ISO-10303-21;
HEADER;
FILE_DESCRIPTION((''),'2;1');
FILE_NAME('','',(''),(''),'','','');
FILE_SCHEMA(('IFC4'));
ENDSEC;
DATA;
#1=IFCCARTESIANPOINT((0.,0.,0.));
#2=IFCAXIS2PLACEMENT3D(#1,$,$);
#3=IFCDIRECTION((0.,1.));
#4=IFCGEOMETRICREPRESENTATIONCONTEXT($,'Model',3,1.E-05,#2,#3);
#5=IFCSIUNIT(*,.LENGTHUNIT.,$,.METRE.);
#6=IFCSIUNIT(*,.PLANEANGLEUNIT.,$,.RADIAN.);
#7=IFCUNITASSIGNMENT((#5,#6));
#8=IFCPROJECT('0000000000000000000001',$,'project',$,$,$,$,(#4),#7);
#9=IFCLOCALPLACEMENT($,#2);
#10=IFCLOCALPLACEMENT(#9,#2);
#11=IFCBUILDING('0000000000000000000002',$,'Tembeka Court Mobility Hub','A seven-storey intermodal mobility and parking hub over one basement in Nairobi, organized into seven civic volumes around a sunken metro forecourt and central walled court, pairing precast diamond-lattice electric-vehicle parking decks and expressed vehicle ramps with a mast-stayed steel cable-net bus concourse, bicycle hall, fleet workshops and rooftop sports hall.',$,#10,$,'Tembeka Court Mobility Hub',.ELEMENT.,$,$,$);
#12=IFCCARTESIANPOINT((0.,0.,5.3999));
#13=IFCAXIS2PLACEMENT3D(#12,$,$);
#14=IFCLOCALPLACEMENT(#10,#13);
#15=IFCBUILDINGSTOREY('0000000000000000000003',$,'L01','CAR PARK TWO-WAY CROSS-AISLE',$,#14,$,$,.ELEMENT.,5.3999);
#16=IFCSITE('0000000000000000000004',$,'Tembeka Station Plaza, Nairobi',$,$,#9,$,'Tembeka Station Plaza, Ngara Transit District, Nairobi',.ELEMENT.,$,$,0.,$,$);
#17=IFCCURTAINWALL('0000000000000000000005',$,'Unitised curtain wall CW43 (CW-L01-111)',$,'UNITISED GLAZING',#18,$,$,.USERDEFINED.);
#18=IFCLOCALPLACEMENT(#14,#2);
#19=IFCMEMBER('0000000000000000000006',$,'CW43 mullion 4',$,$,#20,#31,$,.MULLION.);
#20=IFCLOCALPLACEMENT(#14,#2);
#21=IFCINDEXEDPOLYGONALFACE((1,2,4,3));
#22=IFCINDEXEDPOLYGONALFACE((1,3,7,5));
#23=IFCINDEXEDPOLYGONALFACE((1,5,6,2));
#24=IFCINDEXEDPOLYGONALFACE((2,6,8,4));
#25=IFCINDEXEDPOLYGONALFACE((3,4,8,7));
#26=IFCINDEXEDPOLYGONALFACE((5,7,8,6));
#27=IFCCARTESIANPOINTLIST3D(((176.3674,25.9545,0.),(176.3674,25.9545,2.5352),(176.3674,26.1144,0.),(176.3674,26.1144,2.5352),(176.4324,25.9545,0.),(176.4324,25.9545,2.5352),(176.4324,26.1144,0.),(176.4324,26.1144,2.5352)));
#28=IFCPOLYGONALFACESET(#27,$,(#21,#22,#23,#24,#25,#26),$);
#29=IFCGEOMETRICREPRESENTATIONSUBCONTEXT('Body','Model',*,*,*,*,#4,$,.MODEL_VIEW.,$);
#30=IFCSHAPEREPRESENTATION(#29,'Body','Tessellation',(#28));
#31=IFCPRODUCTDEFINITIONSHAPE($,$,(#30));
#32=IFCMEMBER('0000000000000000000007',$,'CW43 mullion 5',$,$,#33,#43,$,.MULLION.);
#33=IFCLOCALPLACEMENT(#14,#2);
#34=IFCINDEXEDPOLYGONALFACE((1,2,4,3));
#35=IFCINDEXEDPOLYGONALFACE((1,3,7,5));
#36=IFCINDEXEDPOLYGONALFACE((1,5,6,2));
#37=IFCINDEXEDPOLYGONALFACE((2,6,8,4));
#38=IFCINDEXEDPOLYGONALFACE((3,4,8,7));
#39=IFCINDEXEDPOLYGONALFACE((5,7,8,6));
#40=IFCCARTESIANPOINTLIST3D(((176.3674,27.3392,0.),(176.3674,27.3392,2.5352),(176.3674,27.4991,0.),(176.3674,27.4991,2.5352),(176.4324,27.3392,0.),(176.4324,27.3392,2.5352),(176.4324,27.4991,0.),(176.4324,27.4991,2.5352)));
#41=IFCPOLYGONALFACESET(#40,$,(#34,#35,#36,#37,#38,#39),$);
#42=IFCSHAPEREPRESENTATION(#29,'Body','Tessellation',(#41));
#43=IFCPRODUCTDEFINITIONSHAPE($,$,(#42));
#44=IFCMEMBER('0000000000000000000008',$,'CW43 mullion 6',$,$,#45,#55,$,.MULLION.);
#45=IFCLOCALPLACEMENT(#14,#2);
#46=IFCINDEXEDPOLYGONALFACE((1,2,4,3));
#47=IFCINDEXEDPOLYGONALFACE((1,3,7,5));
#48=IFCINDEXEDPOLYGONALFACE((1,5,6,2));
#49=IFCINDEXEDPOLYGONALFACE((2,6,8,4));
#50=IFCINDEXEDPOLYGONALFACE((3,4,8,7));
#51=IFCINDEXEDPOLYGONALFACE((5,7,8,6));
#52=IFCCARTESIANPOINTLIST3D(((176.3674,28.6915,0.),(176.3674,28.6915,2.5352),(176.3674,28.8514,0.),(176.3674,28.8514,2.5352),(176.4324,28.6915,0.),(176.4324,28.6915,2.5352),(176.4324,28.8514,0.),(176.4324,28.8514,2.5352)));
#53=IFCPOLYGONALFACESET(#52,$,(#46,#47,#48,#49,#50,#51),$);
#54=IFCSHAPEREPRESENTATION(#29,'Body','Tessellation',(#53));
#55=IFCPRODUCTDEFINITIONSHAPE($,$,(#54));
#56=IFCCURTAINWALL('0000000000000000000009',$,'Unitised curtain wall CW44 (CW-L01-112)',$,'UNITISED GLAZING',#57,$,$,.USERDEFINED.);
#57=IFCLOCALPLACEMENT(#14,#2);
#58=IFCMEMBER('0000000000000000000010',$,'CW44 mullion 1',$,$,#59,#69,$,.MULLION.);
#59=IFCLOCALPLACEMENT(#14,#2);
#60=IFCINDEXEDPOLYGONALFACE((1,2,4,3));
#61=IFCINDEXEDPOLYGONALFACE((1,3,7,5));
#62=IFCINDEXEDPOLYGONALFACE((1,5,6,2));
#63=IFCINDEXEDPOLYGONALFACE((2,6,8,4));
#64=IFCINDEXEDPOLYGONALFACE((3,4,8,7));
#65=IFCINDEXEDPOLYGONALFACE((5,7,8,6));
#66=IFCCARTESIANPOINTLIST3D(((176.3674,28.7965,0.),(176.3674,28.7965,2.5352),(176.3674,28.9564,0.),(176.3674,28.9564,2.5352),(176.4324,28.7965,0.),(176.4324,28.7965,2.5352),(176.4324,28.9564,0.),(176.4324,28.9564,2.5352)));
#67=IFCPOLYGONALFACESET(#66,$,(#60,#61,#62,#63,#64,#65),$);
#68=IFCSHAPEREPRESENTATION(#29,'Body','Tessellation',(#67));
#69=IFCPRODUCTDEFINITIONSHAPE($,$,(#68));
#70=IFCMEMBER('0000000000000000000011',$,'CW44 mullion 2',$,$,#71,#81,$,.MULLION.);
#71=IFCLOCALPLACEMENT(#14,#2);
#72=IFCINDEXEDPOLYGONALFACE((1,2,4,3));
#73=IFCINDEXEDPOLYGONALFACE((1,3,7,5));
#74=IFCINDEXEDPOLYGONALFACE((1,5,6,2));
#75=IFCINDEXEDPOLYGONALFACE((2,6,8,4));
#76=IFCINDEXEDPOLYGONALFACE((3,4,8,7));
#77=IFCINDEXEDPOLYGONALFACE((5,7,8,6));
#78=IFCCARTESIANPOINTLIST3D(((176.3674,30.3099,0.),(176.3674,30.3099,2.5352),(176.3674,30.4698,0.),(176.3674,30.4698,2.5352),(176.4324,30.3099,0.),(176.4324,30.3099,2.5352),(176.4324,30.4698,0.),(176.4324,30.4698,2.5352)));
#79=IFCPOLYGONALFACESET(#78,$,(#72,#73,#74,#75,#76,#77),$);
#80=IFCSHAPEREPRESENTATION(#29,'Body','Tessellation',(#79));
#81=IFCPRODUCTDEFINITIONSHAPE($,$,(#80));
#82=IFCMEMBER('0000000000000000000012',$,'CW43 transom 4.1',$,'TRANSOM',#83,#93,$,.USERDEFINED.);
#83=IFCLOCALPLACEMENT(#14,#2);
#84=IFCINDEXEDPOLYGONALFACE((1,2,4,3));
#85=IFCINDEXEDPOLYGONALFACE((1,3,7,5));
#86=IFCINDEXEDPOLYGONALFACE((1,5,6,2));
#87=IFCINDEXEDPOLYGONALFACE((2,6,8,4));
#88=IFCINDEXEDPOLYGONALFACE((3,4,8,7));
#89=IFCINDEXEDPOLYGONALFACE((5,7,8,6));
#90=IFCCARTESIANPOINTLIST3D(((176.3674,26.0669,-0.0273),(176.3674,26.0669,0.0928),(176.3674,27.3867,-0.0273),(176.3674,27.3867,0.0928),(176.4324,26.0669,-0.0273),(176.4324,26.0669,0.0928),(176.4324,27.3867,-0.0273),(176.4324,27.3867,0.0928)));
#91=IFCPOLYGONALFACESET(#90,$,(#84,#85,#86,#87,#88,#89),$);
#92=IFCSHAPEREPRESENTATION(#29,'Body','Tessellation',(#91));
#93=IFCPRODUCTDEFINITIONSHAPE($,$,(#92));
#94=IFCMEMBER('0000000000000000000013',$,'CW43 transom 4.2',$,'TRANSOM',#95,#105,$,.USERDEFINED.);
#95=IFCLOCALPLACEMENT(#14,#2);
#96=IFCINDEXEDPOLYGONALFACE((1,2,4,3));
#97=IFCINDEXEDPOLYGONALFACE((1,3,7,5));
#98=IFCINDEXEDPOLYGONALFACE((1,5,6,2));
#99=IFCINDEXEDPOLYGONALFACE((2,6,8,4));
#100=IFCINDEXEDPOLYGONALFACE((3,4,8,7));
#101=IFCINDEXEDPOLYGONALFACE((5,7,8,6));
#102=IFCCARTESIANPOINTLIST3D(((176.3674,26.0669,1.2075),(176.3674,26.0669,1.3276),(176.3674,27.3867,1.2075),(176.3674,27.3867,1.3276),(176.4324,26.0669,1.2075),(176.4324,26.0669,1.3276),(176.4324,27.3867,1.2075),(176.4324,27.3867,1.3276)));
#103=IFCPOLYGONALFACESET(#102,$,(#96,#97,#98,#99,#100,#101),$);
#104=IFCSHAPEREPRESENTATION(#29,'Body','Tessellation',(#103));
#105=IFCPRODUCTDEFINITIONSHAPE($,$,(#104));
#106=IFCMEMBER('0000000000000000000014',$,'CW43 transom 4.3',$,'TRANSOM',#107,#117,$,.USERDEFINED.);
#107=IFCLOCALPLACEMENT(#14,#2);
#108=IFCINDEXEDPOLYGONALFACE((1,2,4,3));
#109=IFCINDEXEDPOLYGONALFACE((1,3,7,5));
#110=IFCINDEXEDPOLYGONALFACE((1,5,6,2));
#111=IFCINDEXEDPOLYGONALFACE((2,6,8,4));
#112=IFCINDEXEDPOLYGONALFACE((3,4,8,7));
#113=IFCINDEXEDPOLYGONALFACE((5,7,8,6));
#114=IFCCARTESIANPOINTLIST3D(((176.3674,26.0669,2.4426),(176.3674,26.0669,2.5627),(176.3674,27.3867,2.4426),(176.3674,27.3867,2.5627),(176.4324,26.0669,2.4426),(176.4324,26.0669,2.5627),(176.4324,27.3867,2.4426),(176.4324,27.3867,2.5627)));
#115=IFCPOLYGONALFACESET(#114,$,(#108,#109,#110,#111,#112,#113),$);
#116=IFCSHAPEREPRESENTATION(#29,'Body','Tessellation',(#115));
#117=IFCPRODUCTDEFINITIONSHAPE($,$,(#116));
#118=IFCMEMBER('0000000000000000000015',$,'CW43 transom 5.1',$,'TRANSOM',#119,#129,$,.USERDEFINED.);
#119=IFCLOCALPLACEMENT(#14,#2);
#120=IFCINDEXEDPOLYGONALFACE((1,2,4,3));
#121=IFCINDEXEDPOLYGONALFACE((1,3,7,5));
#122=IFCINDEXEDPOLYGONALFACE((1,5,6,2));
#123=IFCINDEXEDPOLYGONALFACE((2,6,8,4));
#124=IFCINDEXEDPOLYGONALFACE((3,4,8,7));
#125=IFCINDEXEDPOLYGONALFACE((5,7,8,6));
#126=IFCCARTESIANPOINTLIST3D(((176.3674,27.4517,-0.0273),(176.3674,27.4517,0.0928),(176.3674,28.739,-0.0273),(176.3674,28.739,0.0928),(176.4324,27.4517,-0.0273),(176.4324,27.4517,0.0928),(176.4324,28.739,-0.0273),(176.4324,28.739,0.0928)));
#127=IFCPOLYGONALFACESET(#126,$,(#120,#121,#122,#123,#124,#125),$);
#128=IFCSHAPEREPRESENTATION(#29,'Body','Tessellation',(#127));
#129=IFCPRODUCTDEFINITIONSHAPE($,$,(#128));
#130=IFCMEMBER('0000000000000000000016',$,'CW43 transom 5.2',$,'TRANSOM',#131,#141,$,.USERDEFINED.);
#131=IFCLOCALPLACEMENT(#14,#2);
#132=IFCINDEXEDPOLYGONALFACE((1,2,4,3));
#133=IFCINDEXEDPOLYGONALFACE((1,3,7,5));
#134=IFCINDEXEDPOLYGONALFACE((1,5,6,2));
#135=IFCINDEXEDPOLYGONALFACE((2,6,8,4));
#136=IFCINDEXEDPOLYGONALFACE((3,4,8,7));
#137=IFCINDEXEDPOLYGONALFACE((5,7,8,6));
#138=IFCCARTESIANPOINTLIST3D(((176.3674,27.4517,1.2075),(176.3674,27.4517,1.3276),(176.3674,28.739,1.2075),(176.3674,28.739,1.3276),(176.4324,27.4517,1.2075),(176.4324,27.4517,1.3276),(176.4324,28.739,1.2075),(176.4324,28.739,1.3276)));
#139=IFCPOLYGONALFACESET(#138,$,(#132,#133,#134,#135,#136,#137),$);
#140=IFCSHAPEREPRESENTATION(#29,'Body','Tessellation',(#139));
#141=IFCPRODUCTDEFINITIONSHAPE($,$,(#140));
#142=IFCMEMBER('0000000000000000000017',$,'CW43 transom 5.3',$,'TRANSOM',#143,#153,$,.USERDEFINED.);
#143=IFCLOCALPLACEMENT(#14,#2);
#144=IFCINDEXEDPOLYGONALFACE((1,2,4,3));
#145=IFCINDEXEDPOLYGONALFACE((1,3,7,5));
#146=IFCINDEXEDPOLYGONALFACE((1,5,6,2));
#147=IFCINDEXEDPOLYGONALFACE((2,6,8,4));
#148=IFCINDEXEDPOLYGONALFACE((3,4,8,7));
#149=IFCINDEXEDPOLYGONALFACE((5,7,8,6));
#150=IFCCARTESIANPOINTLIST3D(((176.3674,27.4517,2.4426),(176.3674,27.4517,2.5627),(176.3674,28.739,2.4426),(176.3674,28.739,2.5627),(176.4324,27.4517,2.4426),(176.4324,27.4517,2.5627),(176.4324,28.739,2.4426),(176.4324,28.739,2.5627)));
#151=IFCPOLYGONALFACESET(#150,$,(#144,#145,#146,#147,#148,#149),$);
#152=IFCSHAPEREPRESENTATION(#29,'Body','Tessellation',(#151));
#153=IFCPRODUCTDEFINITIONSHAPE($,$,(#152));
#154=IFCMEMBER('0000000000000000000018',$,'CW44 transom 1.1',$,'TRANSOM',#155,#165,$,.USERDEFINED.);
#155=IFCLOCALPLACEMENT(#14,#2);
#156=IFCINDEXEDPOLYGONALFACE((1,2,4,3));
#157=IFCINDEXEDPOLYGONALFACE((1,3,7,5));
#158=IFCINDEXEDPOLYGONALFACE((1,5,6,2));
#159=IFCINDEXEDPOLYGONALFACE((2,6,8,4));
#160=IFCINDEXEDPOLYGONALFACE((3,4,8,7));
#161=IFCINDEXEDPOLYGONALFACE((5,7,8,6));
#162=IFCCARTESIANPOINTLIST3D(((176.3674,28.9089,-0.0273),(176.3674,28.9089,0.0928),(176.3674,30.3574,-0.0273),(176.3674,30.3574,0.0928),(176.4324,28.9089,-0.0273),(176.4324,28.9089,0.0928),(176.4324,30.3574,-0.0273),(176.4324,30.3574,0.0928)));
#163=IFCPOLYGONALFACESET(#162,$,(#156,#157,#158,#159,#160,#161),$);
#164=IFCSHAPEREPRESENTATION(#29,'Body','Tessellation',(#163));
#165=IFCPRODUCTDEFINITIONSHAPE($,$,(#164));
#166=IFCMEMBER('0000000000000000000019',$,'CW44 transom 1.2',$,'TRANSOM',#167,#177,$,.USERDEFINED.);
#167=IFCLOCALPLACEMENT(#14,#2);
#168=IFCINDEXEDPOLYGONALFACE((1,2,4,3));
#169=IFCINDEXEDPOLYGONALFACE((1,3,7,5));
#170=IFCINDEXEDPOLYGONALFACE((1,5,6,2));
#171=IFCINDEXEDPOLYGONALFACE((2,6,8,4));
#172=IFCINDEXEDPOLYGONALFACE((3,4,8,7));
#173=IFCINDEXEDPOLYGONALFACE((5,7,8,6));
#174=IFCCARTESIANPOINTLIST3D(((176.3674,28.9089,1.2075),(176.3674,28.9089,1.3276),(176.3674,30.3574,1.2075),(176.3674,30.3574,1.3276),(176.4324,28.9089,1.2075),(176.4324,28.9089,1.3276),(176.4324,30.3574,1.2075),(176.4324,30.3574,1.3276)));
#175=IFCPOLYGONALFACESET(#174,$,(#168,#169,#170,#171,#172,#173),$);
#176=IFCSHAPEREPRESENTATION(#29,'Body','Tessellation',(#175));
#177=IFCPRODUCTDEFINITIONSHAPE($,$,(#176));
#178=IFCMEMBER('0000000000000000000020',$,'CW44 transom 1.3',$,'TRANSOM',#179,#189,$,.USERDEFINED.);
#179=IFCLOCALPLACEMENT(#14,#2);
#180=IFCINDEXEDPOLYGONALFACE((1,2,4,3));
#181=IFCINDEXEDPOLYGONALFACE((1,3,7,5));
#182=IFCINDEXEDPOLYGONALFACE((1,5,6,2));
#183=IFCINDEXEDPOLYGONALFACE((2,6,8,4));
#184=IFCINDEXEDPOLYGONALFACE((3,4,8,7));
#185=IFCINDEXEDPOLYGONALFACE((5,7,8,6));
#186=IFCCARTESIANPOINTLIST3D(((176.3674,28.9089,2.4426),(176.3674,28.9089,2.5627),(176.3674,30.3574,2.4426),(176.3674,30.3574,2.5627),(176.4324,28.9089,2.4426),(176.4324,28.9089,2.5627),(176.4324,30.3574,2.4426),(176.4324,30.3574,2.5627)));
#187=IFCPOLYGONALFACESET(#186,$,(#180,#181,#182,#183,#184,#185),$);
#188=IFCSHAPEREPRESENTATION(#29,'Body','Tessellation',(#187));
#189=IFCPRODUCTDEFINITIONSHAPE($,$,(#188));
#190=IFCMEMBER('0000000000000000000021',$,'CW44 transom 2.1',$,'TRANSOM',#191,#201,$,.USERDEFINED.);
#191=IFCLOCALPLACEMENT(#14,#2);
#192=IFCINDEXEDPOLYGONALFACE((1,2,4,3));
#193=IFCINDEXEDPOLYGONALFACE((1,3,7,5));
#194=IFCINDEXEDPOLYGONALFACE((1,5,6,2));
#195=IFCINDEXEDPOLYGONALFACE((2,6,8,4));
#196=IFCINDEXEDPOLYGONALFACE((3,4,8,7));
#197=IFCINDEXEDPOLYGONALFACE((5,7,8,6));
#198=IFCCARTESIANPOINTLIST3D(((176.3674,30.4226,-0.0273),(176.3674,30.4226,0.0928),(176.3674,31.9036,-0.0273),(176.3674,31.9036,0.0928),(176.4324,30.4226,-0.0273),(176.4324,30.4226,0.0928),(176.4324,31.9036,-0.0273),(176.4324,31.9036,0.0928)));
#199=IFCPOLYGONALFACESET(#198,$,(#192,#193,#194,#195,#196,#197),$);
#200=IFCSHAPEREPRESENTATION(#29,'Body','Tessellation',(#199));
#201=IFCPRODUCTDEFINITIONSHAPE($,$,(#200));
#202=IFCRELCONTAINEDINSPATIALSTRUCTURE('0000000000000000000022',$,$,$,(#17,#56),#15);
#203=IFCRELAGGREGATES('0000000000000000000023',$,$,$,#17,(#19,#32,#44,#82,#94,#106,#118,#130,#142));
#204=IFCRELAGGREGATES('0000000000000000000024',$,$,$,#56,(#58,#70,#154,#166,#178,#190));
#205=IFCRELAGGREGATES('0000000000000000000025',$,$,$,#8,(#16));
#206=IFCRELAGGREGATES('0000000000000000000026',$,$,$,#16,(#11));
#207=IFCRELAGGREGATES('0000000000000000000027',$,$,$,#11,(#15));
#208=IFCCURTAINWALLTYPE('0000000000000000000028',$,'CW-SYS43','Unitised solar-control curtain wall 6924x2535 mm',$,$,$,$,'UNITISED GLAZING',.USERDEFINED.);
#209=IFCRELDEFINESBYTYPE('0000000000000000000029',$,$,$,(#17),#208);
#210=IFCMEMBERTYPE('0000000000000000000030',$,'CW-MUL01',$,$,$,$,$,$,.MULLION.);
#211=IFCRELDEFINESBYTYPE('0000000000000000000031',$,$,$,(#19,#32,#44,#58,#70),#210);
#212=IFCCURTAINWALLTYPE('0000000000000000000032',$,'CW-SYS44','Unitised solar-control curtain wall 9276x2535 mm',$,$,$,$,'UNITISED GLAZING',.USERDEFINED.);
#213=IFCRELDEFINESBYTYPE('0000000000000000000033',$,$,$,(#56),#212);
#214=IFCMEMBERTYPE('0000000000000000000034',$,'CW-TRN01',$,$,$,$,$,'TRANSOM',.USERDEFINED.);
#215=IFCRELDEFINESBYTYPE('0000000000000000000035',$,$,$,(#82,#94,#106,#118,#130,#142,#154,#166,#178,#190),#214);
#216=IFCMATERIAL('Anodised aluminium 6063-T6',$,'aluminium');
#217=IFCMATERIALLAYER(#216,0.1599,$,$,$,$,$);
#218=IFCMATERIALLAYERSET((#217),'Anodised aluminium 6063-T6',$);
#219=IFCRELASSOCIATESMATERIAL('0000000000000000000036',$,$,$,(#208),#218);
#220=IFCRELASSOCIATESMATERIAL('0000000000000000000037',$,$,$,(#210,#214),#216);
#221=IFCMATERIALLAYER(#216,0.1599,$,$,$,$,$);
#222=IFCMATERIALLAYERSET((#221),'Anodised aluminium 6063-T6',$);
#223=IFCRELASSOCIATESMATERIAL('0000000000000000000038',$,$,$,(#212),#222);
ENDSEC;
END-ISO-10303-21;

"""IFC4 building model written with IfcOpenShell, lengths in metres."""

from ifc_helpers import new_model, si_unit, direction, frame, origin, origin_2d, place, context, subcontext, project, spatial, rectangle, extrude, material, layer, layer_set, material_profile, profile_set, type_object, element, aggregate, save


model = new_model("IFC4")

# Units and contexts
model_context = context("Model", 3, precision=1e-05, world=origin(), true_north=direction((0.0, 1.0)))
body_context = subcontext(model_context, "Body", "Model", "MODEL_VIEW")
ifc_project = project(units=[si_unit("LENGTHUNIT", "METRE"), si_unit("PLANEANGLEUNIT", "RADIAN")], contexts=[model_context])

# Site, building, storey
site_placement = place(None, origin())
site = spatial("IfcSite", under=ifc_project, at=site_placement, Name="Tembeka Station Plaza, Nairobi", LongName="Tembeka Station Plaza, Ngara Transit District, Nairobi", CompositionType="ELEMENT", RefElevation=0.0)
building_placement = place(site_placement, origin())
building = spatial("IfcBuilding", under=site, at=building_placement, Name="Tembeka Court Mobility Hub", Description="A seven-storey intermodal mobility and parking hub over one basement in Nairobi, organized into seven civic volumes around a sunken metro forecourt and central walled court, pairing precast diamond-lattice electric-vehicle parking decks and expressed vehicle ramps with a mast-stayed steel cable-net bus concourse, bicycle hall, fleet workshops and rooftop sports hall.", LongName="Tembeka Court Mobility Hub", CompositionType="ELEMENT")
storey_placement = place(building_placement, frame((0.0, 0.0, 5.3999)))
storey = spatial("IfcBuildingStorey", under=building, at=storey_placement, Name="L01", Description="CAR PARK TWO-WAY CROSS-AISLE", CompositionType="ELEMENT", Elevation=5.3999)

# Curtain walls, members
ifc_material_1 = material(Name="Anodised aluminium 6063-T6", Category="aluminium")
ifc_layer_1 = layer(ifc_material_1, 0.1599)
ifc_layer_set_1 = layer_set([ifc_layer_1], Name="Anodised aluminium 6063-T6")
curtain_wall_type_1 = type_object("IfcCurtainWallType", Name="CW-SYS43", Description="Unitised solar-control curtain wall 6924x2535 mm", ElementType="UNITISED GLAZING", PredefinedType="USERDEFINED", material=ifc_layer_set_1)
curtain_wall_1_placement = place(storey_placement, origin())
curtain_wall_1 = element("IfcCurtainWall", 1, at=curtain_wall_1_placement, inside=storey, type_object=curtain_wall_type_1, Name="Unitised curtain wall CW43 (CW-L01-111)", ObjectType="UNITISED GLAZING", PredefinedType="USERDEFINED")
ifc_material_profile_1 = material_profile(ifc_material_1, rectangle(XDim=0.0649, YDim=0.1599, at=origin_2d()), Name="ALU-MUL 65x160")
ifc_profile_set_1 = profile_set([ifc_material_profile_1], Name="Anodised aluminium 6063-T6")
member_type_1 = type_object("IfcMemberType", Name="CW-MUL01", PredefinedType="MULLION", material=ifc_profile_set_1)
member_1_placement = place(storey_placement, frame((176.3999, 26.0344, 0.0), z_axis=(0.0, 0.0, 1.0), x_axis=(-1.0, 0.0, 0.0)))
member_1 = element("IfcMember", 2, at=member_1_placement, type_object=member_type_1, Name="CW43 mullion 4", PredefinedType="MULLION", context=body_context, shape_type="SweptSolid", body=[
    extrude(rectangle(XDim=0.0649, YDim=0.1599, at=origin_2d()), origin(), (0.0, 0.0, 1.0), 2.5352),
])
member_2_placement = place(storey_placement, frame((176.3999, 27.4192, 0.0), z_axis=(0.0, 0.0, 1.0), x_axis=(-1.0, 0.0, 0.0)))
member_2 = element("IfcMember", 3, at=member_2_placement, type_object=member_type_1, Name="CW43 mullion 5", PredefinedType="MULLION", context=body_context, shape_type="SweptSolid", body=[
    extrude(rectangle(XDim=0.0649, YDim=0.1599, at=origin_2d()), origin(), (0.0, 0.0, 1.0), 2.5352),
])
member_3_placement = place(storey_placement, frame((176.3999, 28.7715, 0.0), z_axis=(0.0, 0.0, 1.0), x_axis=(-1.0, 0.0, 0.0)))
member_3 = element("IfcMember", 4, at=member_3_placement, type_object=member_type_1, Name="CW43 mullion 6", PredefinedType="MULLION", context=body_context, shape_type="SweptSolid", body=[
    extrude(rectangle(XDim=0.0649, YDim=0.1599, at=origin_2d()), origin(), (0.0, 0.0, 1.0), 2.5352),
])
ifc_layer_2 = layer(ifc_material_1, 0.1599)
ifc_layer_set_2 = layer_set([ifc_layer_2], Name="Anodised aluminium 6063-T6")
curtain_wall_type_2 = type_object("IfcCurtainWallType", Name="CW-SYS44", Description="Unitised solar-control curtain wall 9276x2535 mm", ElementType="UNITISED GLAZING", PredefinedType="USERDEFINED", material=ifc_layer_set_2)
curtain_wall_2_placement = place(storey_placement, origin())
curtain_wall_2 = element("IfcCurtainWall", 5, at=curtain_wall_2_placement, inside=storey, type_object=curtain_wall_type_2, Name="Unitised curtain wall CW44 (CW-L01-112)", ObjectType="UNITISED GLAZING", PredefinedType="USERDEFINED")
member_4_placement = place(storey_placement, frame((176.3999, 28.8765, 0.0), z_axis=(0.0, 0.0, 1.0), x_axis=(-1.0, 0.0, 0.0)))
member_4 = element("IfcMember", 6, at=member_4_placement, type_object=member_type_1, Name="CW44 mullion 1", PredefinedType="MULLION", context=body_context, shape_type="SweptSolid", body=[
    extrude(rectangle(XDim=0.0649, YDim=0.1599, at=origin_2d()), origin(), (0.0, 0.0, 1.0), 2.5352),
])
member_5_placement = place(storey_placement, frame((176.3999, 30.3899, 0.0), z_axis=(0.0, 0.0, 1.0), x_axis=(-1.0, 0.0, 0.0)))
member_5 = element("IfcMember", 7, at=member_5_placement, type_object=member_type_1, Name="CW44 mullion 2", PredefinedType="MULLION", context=body_context, shape_type="SweptSolid", body=[
    extrude(rectangle(XDim=0.0649, YDim=0.1599, at=origin_2d()), origin(), (0.0, 0.0, 1.0), 2.5352),
])

# Members
ifc_material_profile_2 = material_profile(ifc_material_1, rectangle(XDim=0.0649, YDim=0.1201, at=origin_2d()), Name="ALU-TRN 65x120")
ifc_profile_set_2 = profile_set([ifc_material_profile_2], Name="Anodised aluminium 6063-T6")
member_type_2 = type_object("IfcMemberType", Name="CW-TRN01", ElementType="TRANSOM", PredefinedType="USERDEFINED", material=ifc_profile_set_2)
member_6_placement = place(storey_placement, frame((176.3999, 26.0669, 0.0327), z_axis=(0.0, 1.0, 0.0), x_axis=(-1.0, 0.0, 0.0)))
member_6 = element("IfcMember", 8, at=member_6_placement, type_object=member_type_2, Name="CW43 transom 4.1", ObjectType="TRANSOM", PredefinedType="USERDEFINED", context=body_context, shape_type="SweptSolid", body=[
    extrude(rectangle(XDim=0.0649, YDim=0.1201, at=origin_2d()), origin(), (0.0, 0.0, 1.0), 1.3198),
])
member_7_placement = place(storey_placement, frame((176.3999, 26.0669, 1.2676), z_axis=(0.0, 1.0, 0.0), x_axis=(-1.0, 0.0, 0.0)))
member_7 = element("IfcMember", 9, at=member_7_placement, type_object=member_type_2, Name="CW43 transom 4.2", ObjectType="TRANSOM", PredefinedType="USERDEFINED", context=body_context, shape_type="SweptSolid", body=[
    extrude(rectangle(XDim=0.0649, YDim=0.1201, at=origin_2d()), origin(), (0.0, 0.0, 1.0), 1.3198),
])
member_8_placement = place(storey_placement, frame((176.3999, 26.0669, 2.5027), z_axis=(0.0, 1.0, 0.0), x_axis=(-1.0, 0.0, 0.0)))
member_8 = element("IfcMember", 10, at=member_8_placement, type_object=member_type_2, Name="CW43 transom 4.3", ObjectType="TRANSOM", PredefinedType="USERDEFINED", context=body_context, shape_type="SweptSolid", body=[
    extrude(rectangle(XDim=0.0649, YDim=0.1201, at=origin_2d()), origin(), (0.0, 0.0, 1.0), 1.3198),
])
member_9_placement = place(storey_placement, frame((176.3999, 27.4517, 0.0327), z_axis=(0.0, 1.0, 0.0), x_axis=(-1.0, 0.0, 0.0)))
member_9 = element("IfcMember", 11, at=member_9_placement, type_object=member_type_2, Name="CW43 transom 5.1", ObjectType="TRANSOM", PredefinedType="USERDEFINED", context=body_context, shape_type="SweptSolid", body=[
    extrude(rectangle(XDim=0.0649, YDim=0.1201, at=origin_2d()), origin(), (0.0, 0.0, 1.0), 1.2874),
])
member_10_placement = place(storey_placement, frame((176.3999, 27.4517, 1.2676), z_axis=(0.0, 1.0, 0.0), x_axis=(-1.0, 0.0, 0.0)))
member_10 = element("IfcMember", 12, at=member_10_placement, type_object=member_type_2, Name="CW43 transom 5.2", ObjectType="TRANSOM", PredefinedType="USERDEFINED", context=body_context, shape_type="SweptSolid", body=[
    extrude(rectangle(XDim=0.0649, YDim=0.1201, at=origin_2d()), origin(), (0.0, 0.0, 1.0), 1.2874),
])
member_11_placement = place(storey_placement, frame((176.3999, 27.4517, 2.5027), z_axis=(0.0, 1.0, 0.0), x_axis=(-1.0, 0.0, 0.0)))
member_11 = element("IfcMember", 13, at=member_11_placement, type_object=member_type_2, Name="CW43 transom 5.3", ObjectType="TRANSOM", PredefinedType="USERDEFINED", context=body_context, shape_type="SweptSolid", body=[
    extrude(rectangle(XDim=0.0649, YDim=0.1201, at=origin_2d()), origin(), (0.0, 0.0, 1.0), 1.2874),
])
member_12_placement = place(storey_placement, frame((176.3999, 28.9089, 0.0327), z_axis=(0.0, 1.0, 0.0), x_axis=(-1.0, 0.0, 0.0)))
member_12 = element("IfcMember", 14, at=member_12_placement, type_object=member_type_2, Name="CW44 transom 1.1", ObjectType="TRANSOM", PredefinedType="USERDEFINED", context=body_context, shape_type="SweptSolid", body=[
    extrude(rectangle(XDim=0.0649, YDim=0.1201, at=origin_2d()), origin(), (0.0, 0.0, 1.0), 1.4485),
])
member_13_placement = place(storey_placement, frame((176.3999, 28.9089, 1.2676), z_axis=(0.0, 1.0, 0.0), x_axis=(-1.0, 0.0, 0.0)))
member_13 = element("IfcMember", 15, at=member_13_placement, type_object=member_type_2, Name="CW44 transom 1.2", ObjectType="TRANSOM", PredefinedType="USERDEFINED", context=body_context, shape_type="SweptSolid", body=[
    extrude(rectangle(XDim=0.0649, YDim=0.1201, at=origin_2d()), origin(), (0.0, 0.0, 1.0), 1.4485),
])
member_14_placement = place(storey_placement, frame((176.3999, 28.9089, 2.5027), z_axis=(0.0, 1.0, 0.0), x_axis=(-1.0, 0.0, 0.0)))
member_14 = element("IfcMember", 16, at=member_14_placement, type_object=member_type_2, Name="CW44 transom 1.3", ObjectType="TRANSOM", PredefinedType="USERDEFINED", context=body_context, shape_type="SweptSolid", body=[
    extrude(rectangle(XDim=0.0649, YDim=0.1201, at=origin_2d()), origin(), (0.0, 0.0, 1.0), 1.4485),
])
member_15_placement = place(storey_placement, frame((176.3999, 30.4226, 0.0327), z_axis=(0.0, 1.0, 0.0), x_axis=(-1.0, 0.0, 0.0)))
member_15 = element("IfcMember", 17, at=member_15_placement, type_object=member_type_2, Name="CW44 transom 2.1", ObjectType="TRANSOM", PredefinedType="USERDEFINED", context=body_context, shape_type="SweptSolid", body=[
    extrude(rectangle(XDim=0.0649, YDim=0.1201, at=origin_2d()), origin(), (0.0, 0.0, 1.0), 1.481),
])

aggregate(curtain_wall_1, [member_1, member_2, member_3, member_6, member_7, member_8, member_9, member_10, member_11])
aggregate(curtain_wall_2, [member_4, member_5, member_12, member_13, member_14, member_15])

save(model, "model.ifc")
